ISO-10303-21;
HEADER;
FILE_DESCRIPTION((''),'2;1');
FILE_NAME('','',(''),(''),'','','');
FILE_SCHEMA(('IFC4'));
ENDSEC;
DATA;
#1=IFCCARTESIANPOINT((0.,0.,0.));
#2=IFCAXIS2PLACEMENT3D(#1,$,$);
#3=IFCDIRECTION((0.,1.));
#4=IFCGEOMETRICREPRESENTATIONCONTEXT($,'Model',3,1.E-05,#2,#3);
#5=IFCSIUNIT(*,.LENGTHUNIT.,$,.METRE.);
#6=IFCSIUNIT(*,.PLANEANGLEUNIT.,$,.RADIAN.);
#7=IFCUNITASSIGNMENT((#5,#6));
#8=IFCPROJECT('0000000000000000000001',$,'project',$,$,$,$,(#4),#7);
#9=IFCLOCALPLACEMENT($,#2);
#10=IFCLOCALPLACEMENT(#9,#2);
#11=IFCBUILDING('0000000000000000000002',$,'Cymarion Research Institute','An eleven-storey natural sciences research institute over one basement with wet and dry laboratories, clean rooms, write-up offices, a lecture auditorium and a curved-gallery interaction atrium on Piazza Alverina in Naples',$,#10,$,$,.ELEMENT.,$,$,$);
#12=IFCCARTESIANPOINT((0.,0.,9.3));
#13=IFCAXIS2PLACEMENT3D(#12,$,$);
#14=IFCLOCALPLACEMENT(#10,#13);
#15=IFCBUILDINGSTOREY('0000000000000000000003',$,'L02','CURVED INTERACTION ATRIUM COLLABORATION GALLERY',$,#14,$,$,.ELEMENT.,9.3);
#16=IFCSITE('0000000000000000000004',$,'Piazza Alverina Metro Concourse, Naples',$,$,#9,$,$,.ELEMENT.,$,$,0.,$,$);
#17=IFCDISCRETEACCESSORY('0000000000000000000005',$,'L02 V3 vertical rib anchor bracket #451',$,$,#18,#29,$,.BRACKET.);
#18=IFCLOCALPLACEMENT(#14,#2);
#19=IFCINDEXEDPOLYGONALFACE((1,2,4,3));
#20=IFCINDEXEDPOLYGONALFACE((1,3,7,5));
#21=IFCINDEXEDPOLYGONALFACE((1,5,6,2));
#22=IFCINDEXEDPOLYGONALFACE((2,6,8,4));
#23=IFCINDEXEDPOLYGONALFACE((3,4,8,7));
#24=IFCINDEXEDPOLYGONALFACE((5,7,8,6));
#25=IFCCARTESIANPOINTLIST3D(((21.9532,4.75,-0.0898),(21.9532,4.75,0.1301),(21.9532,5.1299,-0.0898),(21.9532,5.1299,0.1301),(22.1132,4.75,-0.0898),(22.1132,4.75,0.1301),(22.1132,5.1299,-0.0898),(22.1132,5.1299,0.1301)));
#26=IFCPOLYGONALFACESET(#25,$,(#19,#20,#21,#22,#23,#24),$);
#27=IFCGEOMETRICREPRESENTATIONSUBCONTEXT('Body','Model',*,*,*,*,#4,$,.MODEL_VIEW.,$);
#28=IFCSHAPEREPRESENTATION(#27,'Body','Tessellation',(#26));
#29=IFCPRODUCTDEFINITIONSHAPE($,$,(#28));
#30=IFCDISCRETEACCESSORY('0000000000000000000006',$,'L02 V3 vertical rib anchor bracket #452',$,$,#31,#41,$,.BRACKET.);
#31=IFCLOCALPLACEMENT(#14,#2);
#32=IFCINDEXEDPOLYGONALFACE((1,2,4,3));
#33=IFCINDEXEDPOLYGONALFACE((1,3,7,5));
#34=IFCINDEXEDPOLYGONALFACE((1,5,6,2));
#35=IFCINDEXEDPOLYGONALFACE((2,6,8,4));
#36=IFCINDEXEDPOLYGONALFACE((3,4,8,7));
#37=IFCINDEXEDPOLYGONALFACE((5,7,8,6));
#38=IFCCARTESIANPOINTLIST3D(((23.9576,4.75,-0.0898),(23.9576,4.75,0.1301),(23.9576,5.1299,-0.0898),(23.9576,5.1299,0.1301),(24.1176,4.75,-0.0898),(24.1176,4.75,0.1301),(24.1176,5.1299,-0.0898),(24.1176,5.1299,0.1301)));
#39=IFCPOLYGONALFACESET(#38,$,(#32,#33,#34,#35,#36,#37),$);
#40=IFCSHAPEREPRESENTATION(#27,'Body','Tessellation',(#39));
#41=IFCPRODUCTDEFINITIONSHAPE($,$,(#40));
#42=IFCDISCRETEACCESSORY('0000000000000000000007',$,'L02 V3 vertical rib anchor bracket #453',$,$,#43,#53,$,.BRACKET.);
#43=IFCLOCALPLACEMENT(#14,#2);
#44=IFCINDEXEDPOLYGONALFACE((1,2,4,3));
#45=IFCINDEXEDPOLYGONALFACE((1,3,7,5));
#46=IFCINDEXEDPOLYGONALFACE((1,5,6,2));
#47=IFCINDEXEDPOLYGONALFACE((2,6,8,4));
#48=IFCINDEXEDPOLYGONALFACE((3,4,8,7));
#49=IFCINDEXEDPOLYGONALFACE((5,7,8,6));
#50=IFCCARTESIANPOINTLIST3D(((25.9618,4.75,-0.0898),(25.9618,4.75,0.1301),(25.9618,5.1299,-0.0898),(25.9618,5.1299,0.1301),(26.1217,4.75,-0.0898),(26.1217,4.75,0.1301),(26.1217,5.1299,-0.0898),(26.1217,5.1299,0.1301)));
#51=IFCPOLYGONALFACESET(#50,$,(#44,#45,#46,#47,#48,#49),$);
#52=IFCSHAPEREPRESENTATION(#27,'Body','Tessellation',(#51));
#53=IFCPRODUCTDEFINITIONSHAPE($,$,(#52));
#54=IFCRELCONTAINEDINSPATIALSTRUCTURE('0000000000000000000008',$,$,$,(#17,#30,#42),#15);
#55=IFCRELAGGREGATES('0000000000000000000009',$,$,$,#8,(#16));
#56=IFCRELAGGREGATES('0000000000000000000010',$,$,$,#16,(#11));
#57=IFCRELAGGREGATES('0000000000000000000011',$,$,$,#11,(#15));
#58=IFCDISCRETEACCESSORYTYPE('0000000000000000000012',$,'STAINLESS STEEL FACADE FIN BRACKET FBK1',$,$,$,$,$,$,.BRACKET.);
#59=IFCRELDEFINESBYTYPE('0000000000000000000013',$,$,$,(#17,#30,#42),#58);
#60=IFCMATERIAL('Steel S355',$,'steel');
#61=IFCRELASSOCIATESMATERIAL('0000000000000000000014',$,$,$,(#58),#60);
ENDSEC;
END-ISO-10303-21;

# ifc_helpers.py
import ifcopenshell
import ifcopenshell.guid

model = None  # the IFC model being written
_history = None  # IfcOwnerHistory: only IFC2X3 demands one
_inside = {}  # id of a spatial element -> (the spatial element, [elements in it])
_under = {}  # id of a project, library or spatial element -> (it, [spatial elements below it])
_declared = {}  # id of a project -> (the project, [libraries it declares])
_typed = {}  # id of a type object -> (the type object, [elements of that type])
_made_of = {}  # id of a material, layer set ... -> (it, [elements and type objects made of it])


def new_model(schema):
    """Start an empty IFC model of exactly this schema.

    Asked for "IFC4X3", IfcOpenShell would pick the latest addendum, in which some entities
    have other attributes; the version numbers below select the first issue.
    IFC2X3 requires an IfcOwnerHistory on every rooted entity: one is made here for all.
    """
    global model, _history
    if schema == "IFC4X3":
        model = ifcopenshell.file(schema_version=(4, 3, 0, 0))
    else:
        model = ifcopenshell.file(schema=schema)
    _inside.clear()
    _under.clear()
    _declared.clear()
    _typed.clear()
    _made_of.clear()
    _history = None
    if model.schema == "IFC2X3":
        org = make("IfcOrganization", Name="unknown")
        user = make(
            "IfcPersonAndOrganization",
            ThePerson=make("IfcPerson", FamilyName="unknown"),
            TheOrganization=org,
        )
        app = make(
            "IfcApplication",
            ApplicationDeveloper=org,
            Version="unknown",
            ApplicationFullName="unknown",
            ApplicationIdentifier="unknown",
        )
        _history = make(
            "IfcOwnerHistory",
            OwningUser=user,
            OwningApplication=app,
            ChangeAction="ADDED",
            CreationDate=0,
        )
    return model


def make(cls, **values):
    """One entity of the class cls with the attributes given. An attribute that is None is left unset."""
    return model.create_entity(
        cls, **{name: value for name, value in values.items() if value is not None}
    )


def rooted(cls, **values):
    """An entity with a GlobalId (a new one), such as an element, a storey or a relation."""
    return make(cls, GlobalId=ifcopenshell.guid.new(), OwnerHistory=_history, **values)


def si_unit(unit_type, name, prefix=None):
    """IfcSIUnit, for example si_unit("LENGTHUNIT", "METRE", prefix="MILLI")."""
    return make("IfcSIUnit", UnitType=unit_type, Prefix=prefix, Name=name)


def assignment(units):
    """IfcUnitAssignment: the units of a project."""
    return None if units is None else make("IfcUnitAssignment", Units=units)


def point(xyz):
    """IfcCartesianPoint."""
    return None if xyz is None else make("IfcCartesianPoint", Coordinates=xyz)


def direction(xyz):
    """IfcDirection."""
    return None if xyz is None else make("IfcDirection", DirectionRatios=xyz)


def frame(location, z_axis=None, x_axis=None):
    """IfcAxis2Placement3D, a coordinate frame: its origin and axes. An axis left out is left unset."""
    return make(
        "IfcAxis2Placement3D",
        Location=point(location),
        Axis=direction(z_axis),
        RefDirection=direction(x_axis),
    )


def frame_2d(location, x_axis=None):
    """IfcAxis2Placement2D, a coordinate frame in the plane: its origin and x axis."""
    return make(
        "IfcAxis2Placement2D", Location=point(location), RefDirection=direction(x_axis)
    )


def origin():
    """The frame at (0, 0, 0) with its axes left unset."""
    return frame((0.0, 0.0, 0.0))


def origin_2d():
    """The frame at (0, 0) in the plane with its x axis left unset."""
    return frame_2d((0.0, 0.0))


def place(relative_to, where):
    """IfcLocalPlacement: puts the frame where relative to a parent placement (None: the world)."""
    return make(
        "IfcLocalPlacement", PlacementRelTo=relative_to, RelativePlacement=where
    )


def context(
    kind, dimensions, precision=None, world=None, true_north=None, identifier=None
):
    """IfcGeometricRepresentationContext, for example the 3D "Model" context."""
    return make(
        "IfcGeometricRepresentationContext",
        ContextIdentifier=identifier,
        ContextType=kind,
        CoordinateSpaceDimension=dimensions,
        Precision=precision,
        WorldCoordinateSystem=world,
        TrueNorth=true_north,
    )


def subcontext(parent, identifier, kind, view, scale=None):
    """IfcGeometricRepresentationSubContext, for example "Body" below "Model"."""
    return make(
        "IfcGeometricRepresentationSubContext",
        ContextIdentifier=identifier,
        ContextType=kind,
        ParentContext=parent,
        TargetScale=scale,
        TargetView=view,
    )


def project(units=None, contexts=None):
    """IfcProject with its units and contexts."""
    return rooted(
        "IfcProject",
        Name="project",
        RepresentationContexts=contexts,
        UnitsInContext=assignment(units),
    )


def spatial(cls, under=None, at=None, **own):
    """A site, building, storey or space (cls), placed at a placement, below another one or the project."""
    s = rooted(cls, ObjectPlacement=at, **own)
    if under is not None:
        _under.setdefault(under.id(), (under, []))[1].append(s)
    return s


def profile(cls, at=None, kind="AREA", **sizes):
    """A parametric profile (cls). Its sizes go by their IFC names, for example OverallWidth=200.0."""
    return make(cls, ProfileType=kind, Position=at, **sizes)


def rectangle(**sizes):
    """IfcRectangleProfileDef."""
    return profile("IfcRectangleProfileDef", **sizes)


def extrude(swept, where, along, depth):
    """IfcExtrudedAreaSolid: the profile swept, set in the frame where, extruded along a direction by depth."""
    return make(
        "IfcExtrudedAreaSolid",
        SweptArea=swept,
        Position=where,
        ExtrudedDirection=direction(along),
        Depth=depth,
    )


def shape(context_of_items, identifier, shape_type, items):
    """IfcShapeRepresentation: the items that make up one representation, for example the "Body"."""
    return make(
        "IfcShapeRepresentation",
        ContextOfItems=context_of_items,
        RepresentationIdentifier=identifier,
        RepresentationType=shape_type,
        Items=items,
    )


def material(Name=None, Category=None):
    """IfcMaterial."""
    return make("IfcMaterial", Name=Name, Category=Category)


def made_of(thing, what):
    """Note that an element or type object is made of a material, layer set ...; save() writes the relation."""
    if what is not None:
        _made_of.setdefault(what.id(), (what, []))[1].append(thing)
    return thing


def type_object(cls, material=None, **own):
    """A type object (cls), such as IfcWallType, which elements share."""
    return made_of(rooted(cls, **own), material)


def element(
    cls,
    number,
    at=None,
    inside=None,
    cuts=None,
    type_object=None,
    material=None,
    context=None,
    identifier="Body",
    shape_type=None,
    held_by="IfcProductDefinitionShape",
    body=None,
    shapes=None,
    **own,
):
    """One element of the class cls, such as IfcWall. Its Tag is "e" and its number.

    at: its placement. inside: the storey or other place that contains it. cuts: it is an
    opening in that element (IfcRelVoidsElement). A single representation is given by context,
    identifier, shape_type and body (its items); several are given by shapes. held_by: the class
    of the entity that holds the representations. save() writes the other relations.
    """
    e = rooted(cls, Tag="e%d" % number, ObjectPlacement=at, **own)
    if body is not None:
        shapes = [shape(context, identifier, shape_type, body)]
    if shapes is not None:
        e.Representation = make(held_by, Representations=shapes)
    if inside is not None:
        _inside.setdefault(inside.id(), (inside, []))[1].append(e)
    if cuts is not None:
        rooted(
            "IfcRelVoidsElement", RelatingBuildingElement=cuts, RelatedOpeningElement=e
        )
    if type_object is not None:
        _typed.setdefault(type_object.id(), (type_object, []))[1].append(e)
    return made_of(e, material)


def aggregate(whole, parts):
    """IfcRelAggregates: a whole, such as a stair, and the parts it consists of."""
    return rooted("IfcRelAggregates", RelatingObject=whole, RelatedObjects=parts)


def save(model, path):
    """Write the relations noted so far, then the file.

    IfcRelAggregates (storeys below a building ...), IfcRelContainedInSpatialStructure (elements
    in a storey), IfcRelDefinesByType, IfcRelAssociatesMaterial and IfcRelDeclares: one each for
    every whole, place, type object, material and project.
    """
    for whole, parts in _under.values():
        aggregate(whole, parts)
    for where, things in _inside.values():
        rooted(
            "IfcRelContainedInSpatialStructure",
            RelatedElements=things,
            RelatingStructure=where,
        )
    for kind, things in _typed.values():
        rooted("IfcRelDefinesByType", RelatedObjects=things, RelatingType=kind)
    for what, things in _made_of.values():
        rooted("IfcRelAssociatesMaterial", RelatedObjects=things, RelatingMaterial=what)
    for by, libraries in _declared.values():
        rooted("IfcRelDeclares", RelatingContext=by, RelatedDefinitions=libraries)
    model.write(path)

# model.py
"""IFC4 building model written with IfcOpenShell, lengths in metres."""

from ifc_helpers import new_model, si_unit, direction, frame, origin, origin_2d, place, context, subcontext, project, spatial, rectangle, extrude, material, type_object, element, save


model = new_model("IFC4")

# Units and contexts
model_context = context("Model", 3, precision=1e-05, world=origin(), true_north=direction((0.0, 1.0)))
body_context = subcontext(model_context, "Body", "Model", "MODEL_VIEW")
ifc_project = project(units=[si_unit("LENGTHUNIT", "METRE"), si_unit("PLANEANGLEUNIT", "RADIAN")], contexts=[model_context])

# Site, building, storey
site_placement = place(None, origin())
site = spatial("IfcSite", under=ifc_project, at=site_placement, Name="Piazza Alverina Metro Concourse, Naples", CompositionType="ELEMENT", RefElevation=0.0)
building_placement = place(site_placement, origin())
building = spatial("IfcBuilding", under=site, at=building_placement, Name="Cymarion Research Institute", Description="An eleven-storey natural sciences research institute over one basement with wet and dry laboratories, clean rooms, write-up offices, a lecture auditorium and a curved-gallery interaction atrium on Piazza Alverina in Naples", CompositionType="ELEMENT")
storey_placement = place(building_placement, frame((0.0, 0.0, 9.3)))
storey = spatial("IfcBuildingStorey", under=building, at=storey_placement, Name="L02", Description="CURVED INTERACTION ATRIUM COLLABORATION GALLERY", CompositionType="ELEMENT", Elevation=9.3)

# Shared definitions
ifc_material_1 = material(Name="Steel S355", Category="steel")

# Discrete accessories
discrete_accessory_type = type_object("IfcDiscreteAccessoryType", Name="STAINLESS STEEL FACADE FIN BRACKET FBK1", PredefinedType="BRACKET", material=ifc_material_1)
for number, where, z_axis, x_axis, name in (
    (1, (22.0332, 4.9399, -0.0898), (0.0, 0.0, 1.0), (0.0, -1.0, 0.0), "L02 V3 vertical rib anchor bracket #451"),
    (2, (24.0376, 4.9399, -0.0898), (0.0, 0.0, 1.0), (0.0, -1.0, 0.0), "L02 V3 vertical rib anchor bracket #452"),
    (3, (26.0417, 4.9399, -0.0898), (0.0, 0.0, 1.0), (0.0, -1.0, 0.0), "L02 V3 vertical rib anchor bracket #453"),
):
    element("IfcDiscreteAccessory", number, at=place(storey_placement, frame(where, z_axis=z_axis, x_axis=x_axis)), inside=storey, type_object=discrete_accessory_type, Name=name, PredefinedType="BRACKET", context=body_context, shape_type="SweptSolid", body=[
        extrude(rectangle(XDim=0.3799, YDim=0.1599, at=origin_2d()), origin(), (0.0, 0.0, 1.0), 0.22),
    ])

save(model, "model.ifc")
